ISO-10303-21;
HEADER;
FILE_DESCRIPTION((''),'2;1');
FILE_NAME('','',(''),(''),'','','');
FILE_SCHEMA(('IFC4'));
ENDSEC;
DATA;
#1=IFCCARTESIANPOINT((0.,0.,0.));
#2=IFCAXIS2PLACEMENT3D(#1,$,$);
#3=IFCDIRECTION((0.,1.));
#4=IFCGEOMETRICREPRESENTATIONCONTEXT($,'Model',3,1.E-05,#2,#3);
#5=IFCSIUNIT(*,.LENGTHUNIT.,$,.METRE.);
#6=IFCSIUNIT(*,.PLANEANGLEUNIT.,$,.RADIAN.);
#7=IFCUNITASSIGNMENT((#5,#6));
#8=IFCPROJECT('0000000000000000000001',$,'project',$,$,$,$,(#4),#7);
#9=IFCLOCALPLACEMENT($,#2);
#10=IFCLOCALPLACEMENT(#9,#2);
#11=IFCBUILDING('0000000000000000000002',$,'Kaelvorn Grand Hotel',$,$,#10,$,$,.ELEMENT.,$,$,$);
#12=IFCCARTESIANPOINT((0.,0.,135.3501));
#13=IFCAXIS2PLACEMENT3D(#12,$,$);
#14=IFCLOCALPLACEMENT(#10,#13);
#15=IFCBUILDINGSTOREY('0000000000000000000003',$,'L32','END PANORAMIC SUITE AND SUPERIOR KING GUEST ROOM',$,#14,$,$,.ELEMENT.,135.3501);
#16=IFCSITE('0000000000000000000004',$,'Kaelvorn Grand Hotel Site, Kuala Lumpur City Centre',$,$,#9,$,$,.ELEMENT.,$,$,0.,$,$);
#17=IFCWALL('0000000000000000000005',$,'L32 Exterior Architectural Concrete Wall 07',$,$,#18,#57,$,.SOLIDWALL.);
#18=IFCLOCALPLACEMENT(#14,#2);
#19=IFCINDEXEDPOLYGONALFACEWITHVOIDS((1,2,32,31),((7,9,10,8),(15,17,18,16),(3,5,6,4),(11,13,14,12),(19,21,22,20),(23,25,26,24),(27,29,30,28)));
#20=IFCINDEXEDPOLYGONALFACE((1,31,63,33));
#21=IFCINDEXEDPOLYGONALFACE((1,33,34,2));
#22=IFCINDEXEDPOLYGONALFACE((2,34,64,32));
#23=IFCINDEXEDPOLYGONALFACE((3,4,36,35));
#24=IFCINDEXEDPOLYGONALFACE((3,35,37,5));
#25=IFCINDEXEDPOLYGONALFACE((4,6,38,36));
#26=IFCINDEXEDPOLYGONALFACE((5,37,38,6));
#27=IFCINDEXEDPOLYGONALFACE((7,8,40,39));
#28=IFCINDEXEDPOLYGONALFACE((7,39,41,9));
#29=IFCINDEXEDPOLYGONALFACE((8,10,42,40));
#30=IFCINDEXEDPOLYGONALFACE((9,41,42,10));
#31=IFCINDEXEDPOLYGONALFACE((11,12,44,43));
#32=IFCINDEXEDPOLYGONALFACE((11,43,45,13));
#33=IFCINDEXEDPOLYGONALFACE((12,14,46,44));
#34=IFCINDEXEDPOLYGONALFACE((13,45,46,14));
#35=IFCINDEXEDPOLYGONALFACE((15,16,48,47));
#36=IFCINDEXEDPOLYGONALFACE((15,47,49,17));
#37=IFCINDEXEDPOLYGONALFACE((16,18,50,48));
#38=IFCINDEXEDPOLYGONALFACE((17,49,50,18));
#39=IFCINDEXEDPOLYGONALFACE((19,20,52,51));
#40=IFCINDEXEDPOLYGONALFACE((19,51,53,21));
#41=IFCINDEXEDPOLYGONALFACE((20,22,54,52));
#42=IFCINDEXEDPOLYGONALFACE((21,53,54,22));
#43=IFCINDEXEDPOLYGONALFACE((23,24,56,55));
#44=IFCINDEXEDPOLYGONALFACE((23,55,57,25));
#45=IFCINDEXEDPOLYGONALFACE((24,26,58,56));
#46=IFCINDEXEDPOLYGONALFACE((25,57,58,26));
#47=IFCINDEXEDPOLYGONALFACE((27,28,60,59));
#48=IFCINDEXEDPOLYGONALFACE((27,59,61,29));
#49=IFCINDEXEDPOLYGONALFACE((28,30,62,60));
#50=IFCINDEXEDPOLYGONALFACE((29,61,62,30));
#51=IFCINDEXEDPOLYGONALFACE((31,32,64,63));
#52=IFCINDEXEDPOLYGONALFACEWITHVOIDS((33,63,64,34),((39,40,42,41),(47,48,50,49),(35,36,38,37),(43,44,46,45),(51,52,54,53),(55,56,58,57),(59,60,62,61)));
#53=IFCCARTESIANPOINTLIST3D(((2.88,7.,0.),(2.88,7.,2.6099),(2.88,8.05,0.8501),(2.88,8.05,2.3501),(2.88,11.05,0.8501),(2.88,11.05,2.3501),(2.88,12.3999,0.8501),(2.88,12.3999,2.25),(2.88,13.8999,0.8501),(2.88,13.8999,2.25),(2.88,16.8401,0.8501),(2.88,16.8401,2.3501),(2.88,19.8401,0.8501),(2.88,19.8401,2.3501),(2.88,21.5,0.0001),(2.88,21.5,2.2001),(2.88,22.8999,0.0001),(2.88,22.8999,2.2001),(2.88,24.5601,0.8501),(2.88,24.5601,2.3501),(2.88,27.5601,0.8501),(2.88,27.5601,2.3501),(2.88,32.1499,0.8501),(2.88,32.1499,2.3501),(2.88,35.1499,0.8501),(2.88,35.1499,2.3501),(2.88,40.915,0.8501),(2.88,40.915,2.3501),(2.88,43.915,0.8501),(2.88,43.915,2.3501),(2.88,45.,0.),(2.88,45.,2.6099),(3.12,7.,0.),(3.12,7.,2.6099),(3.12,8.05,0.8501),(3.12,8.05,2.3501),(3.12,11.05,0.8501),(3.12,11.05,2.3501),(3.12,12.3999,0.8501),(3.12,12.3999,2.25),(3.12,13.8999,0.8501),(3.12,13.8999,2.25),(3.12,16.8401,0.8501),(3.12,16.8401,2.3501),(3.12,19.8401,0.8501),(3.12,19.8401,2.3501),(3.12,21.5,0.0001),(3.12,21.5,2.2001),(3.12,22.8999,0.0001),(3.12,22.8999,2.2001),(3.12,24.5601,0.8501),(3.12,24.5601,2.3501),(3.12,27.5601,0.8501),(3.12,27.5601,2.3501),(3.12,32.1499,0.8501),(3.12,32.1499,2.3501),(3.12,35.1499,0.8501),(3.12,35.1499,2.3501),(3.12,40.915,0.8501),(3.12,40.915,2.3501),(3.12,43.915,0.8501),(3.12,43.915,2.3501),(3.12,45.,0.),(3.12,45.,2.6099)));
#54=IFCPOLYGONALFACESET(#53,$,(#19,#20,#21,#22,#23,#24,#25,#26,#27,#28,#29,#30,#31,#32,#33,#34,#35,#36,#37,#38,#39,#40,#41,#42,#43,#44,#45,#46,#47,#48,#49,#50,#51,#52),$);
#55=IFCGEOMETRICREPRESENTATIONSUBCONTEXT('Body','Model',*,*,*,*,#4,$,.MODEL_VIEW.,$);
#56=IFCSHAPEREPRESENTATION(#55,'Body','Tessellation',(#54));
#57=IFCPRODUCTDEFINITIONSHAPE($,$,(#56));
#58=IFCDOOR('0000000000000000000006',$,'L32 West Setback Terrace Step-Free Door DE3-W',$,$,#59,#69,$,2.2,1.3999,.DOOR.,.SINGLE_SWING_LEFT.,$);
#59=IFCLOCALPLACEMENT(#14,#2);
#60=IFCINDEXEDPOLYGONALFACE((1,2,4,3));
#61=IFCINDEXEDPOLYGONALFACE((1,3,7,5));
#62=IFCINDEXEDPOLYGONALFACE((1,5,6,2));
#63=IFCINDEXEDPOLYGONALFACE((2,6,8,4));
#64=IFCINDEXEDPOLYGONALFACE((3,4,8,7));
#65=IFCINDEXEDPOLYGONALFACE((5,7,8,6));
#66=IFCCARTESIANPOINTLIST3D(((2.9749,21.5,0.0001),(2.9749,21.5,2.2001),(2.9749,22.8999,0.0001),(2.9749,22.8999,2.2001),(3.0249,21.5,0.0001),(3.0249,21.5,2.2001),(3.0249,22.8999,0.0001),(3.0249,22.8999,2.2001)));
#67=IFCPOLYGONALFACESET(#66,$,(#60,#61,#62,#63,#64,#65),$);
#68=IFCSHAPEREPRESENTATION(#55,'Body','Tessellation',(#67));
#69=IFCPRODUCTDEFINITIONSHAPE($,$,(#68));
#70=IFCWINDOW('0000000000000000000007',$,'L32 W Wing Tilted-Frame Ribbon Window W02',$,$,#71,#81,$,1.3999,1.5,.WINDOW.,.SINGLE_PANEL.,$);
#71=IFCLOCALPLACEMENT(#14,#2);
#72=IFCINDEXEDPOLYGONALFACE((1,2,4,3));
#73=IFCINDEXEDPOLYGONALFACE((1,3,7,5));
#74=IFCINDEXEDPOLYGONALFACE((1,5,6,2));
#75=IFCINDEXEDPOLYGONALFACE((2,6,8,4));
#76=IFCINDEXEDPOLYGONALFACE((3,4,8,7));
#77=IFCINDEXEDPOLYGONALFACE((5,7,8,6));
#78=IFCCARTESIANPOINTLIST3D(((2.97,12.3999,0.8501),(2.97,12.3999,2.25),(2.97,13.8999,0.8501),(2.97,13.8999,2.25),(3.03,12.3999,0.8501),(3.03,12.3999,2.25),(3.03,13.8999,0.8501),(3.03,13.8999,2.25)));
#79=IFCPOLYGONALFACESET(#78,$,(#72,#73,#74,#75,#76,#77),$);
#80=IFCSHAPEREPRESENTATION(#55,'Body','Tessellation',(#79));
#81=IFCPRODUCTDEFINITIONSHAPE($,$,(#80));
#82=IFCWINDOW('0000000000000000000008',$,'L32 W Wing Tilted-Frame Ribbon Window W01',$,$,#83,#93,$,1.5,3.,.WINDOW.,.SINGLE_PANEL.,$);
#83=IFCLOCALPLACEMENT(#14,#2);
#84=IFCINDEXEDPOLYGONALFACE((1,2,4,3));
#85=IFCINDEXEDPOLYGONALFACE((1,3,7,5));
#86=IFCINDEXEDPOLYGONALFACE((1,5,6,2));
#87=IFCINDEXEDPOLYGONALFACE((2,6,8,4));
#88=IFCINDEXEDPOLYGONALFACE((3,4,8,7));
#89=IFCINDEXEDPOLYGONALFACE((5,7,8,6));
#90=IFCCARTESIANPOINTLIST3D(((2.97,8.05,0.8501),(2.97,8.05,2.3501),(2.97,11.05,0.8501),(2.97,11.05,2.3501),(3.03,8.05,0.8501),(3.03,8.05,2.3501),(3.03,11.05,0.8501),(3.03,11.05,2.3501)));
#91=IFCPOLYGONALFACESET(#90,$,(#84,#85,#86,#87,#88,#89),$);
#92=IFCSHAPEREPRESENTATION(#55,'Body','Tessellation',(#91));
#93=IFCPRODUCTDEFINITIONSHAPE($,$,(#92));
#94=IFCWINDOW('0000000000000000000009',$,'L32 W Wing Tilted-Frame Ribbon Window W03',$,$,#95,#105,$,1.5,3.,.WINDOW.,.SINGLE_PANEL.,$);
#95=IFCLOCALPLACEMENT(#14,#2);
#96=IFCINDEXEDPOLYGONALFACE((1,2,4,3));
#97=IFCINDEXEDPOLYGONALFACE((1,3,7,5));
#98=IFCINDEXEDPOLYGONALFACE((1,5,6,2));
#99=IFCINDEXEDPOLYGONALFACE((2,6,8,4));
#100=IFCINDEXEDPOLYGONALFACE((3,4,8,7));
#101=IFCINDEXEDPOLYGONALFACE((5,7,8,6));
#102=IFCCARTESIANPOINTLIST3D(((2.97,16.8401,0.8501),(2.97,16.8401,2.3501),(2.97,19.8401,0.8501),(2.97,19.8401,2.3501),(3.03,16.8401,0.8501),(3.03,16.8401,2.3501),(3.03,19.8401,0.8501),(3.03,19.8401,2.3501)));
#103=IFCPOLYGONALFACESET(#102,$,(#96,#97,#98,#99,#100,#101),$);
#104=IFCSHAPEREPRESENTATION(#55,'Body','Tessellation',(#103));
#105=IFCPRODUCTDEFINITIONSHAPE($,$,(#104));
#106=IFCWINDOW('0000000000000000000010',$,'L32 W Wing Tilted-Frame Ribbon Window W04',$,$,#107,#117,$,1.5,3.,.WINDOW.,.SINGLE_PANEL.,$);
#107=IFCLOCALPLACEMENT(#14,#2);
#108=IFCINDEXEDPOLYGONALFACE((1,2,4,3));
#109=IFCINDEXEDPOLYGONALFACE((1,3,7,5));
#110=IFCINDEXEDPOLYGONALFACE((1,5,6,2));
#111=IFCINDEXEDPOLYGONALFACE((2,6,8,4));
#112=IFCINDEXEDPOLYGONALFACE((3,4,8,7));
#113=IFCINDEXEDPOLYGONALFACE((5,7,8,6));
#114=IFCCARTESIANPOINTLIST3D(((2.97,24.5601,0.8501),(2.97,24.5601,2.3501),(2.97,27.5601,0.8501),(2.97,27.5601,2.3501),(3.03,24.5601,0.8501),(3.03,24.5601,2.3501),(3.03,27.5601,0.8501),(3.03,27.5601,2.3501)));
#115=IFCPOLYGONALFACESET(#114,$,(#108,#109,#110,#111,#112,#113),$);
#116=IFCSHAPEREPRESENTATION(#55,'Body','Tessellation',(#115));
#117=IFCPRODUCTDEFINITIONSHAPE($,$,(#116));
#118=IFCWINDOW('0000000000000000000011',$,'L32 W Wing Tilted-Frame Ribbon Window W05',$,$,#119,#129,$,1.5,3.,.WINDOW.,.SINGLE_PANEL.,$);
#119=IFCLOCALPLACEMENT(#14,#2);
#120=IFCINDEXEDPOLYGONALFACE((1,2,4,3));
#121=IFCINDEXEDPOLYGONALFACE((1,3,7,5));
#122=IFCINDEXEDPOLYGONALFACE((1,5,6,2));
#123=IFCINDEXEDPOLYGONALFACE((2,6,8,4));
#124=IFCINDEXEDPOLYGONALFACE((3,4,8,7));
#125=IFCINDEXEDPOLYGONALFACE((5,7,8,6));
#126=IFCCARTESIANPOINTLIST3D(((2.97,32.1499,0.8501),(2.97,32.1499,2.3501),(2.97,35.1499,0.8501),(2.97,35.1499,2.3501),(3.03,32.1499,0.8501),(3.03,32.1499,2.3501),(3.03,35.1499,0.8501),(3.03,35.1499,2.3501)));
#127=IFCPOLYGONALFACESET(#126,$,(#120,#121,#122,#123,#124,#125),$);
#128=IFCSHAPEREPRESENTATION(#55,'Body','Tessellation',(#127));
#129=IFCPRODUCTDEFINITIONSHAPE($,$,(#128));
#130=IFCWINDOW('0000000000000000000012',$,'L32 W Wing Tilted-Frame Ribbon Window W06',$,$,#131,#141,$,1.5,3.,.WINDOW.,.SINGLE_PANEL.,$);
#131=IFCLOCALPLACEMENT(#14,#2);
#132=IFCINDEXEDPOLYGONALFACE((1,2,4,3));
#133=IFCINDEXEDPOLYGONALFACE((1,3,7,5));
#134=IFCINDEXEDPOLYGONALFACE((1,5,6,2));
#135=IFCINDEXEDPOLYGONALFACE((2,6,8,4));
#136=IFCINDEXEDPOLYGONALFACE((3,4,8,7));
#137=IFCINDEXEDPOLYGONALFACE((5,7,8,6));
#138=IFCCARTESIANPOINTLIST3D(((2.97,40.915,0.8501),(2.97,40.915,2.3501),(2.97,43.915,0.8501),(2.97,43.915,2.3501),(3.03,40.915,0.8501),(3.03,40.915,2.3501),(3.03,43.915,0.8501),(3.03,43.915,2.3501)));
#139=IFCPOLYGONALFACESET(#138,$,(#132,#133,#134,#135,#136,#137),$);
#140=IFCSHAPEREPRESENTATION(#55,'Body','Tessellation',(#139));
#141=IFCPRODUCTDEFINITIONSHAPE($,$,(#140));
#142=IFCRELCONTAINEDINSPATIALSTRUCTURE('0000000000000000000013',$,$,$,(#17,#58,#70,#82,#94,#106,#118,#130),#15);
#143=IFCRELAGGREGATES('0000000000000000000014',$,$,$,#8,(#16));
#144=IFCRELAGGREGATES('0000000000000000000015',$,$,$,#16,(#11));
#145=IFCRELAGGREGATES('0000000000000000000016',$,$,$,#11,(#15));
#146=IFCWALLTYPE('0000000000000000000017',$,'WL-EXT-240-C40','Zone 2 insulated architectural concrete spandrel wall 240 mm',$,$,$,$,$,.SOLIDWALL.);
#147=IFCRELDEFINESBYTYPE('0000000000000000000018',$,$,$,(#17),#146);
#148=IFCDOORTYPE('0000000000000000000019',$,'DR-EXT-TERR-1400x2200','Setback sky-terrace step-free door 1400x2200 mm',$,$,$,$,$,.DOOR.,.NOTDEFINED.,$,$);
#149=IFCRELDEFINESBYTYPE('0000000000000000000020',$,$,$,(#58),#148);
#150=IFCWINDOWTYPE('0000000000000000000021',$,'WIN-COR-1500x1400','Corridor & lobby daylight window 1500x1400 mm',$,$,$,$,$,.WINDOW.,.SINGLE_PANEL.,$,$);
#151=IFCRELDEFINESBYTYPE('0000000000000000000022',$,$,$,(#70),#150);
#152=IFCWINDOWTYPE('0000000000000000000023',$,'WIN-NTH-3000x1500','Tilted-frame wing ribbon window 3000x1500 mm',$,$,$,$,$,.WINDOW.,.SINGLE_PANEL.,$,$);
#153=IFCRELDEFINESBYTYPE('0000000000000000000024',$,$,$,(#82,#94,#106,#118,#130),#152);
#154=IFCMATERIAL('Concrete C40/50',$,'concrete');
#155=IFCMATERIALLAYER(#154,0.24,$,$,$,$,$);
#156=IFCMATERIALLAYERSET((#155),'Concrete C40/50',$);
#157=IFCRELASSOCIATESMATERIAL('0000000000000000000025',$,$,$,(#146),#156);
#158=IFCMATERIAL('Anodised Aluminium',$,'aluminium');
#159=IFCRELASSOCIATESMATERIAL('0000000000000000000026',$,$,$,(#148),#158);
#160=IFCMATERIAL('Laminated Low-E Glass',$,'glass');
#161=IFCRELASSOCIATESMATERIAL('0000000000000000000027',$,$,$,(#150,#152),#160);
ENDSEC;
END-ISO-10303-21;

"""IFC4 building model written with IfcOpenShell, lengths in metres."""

from ifc_helpers import new_model, si_unit, direction, frame, frame_2d, origin, place, context, subcontext, project, spatial, rectangle, extrude, material, layer, layer_set, type_object, element, fill, save


model = new_model("IFC4")

# Units and contexts
model_context = context("Model", 3, precision=1e-05, world=origin(), true_north=direction((0.0, 1.0)))
body_context = subcontext(model_context, "Body", "Model", "MODEL_VIEW")
ifc_project = project(units=[si_unit("LENGTHUNIT", "METRE"), si_unit("PLANEANGLEUNIT", "RADIAN")], contexts=[model_context])

# Site, building, storey
site_placement = place(None, origin())
site = spatial("IfcSite", under=ifc_project, at=site_placement, Name="Kaelvorn Grand Hotel Site, Kuala Lumpur City Centre", CompositionType="ELEMENT", RefElevation=0.0)
building_placement = place(site_placement, origin())
building = spatial("IfcBuilding", under=site, at=building_placement, Name="Kaelvorn Grand Hotel", CompositionType="ELEMENT")
storey_placement = place(building_placement, frame((0.0, 0.0, 135.3501)))
storey = spatial("IfcBuildingStorey", under=building, at=storey_placement, Name="L32", Description="END PANORAMIC SUITE AND SUPERIOR KING GUEST ROOM", CompositionType="ELEMENT", Elevation=135.3501)

# Shared definitions
ifc_material_1 = material(Name="Concrete C40/50", Category="concrete")
ifc_layer_1 = layer(ifc_material_1, 0.24)
ifc_layer_set_1 = layer_set([ifc_layer_1], Name="Concrete C40/50")
wall_type = type_object("IfcWallType", Name="WL-EXT-240-C40", Description="Zone 2 insulated architectural concrete spandrel wall 240 mm", PredefinedType="SOLIDWALL", material=ifc_layer_set_1)
ifc_material_2 = material(Name="Laminated Low-E Glass", Category="glass")

# Wall, openings, door, windows
wall_1_placement = place(storey_placement, frame((3.0, 45.0, 0.0), z_axis=(0.0, 0.0, 1.0), x_axis=(0.0, -1.0, 0.0)))
wall_1 = element("IfcWall", 1, at=wall_1_placement, inside=storey, type_object=wall_type, Name="L32 Exterior Architectural Concrete Wall 07", PredefinedType="SOLIDWALL", context=body_context, shape_type="SweptSolid", body=[
    extrude(rectangle(XDim=38.0, YDim=0.24, at=frame_2d((19.0, 0.0))), origin(), (0.0, 0.0, 1.0), 2.6099),
])
opening_1_placement = place(wall_1_placement, frame((22.1001, 0.0, 0.0)))
opening_1 = element("IfcOpeningElement", 2, at=opening_1_placement, cuts=wall_1, PredefinedType="OPENING", context=body_context, shape_type="SweptSolid", body=[
    extrude(rectangle(XDim=1.3999, YDim=2.2, at=frame_2d((0.7, 1.1001))), frame((0.0, 0.1299, 0.0), z_axis=(0.0, -1.0, 0.0), x_axis=(1.0, 0.0, 0.0)), (0.0, 0.0, 1.0), 0.26),
])
opening_2_placement = place(wall_1_placement, frame((33.95, 0.0, 0.8501)))
opening_2 = element("IfcOpeningElement", 3, at=opening_2_placement, cuts=wall_1, PredefinedType="OPENING", context=body_context, shape_type="SweptSolid", body=[
    extrude(rectangle(XDim=3.0, YDim=1.5, at=frame_2d((1.5, 0.75))), frame((0.0, 0.1299, 0.0), z_axis=(0.0, -1.0, 0.0), x_axis=(1.0, 0.0, 0.0)), (0.0, 0.0, 1.0), 0.26),
])
opening_3_placement = place(wall_1_placement, frame((31.1001, 0.0, 0.8501)))
opening_3 = element("IfcOpeningElement", 4, at=opening_3_placement, cuts=wall_1, PredefinedType="OPENING", context=body_context, shape_type="SweptSolid", body=[
    extrude(rectangle(XDim=1.5, YDim=1.3999, at=frame_2d((0.75, 0.7))), frame((0.0, 0.1299, 0.0), z_axis=(0.0, -1.0, 0.0), x_axis=(1.0, 0.0, 0.0)), (0.0, 0.0, 1.0), 0.26),
])
opening_4_placement = place(wall_1_placement, frame((25.1599, 0.0, 0.8501)))
opening_4 = element("IfcOpeningElement", 5, at=opening_4_placement, cuts=wall_1, PredefinedType="OPENING", context=body_context, shape_type="SweptSolid", body=[
    extrude(rectangle(XDim=3.0, YDim=1.5, at=frame_2d((1.5, 0.75))), frame((0.0, 0.1299, 0.0), z_axis=(0.0, -1.0, 0.0), x_axis=(1.0, 0.0, 0.0)), (0.0, 0.0, 1.0), 0.26),
])
opening_5_placement = place(wall_1_placement, frame((17.4399, 0.0, 0.8501)))
opening_5 = element("IfcOpeningElement", 6, at=opening_5_placement, cuts=wall_1, PredefinedType="OPENING", context=body_context, shape_type="SweptSolid", body=[
    extrude(rectangle(XDim=3.0, YDim=1.5, at=frame_2d((1.5, 0.75))), frame((0.0, 0.1299, 0.0), z_axis=(0.0, -1.0, 0.0), x_axis=(1.0, 0.0, 0.0)), (0.0, 0.0, 1.0), 0.26),
])
opening_6_placement = place(wall_1_placement, frame((9.8501, 0.0, 0.8501)))
opening_6 = element("IfcOpeningElement", 7, at=opening_6_placement, cuts=wall_1, PredefinedType="OPENING", context=body_context, shape_type="SweptSolid", body=[
    extrude(rectangle(XDim=3.0, YDim=1.5, at=frame_2d((1.5, 0.75))), frame((0.0, 0.1299, 0.0), z_axis=(0.0, -1.0, 0.0), x_axis=(1.0, 0.0, 0.0)), (0.0, 0.0, 1.0), 0.26),
])
opening_7_placement = place(wall_1_placement, frame((1.085, 0.0, 0.8501)))
opening_7 = element("IfcOpeningElement", 8, at=opening_7_placement, cuts=wall_1, PredefinedType="OPENING", context=body_context, shape_type="SweptSolid", body=[
    extrude(rectangle(XDim=3.0, YDim=1.5, at=frame_2d((1.5, 0.75))), frame((0.0, 0.1299, 0.0), z_axis=(0.0, -1.0, 0.0), x_axis=(1.0, 0.0, 0.0)), (0.0, 0.0, 1.0), 0.26),
])
ifc_material_3 = material(Name="Anodised Aluminium", Category="aluminium")
door_type = type_object("IfcDoorType", Name="DR-EXT-TERR-1400x2200", Description="Setback sky-terrace step-free door 1400x2200 mm", OperationType="NOTDEFINED", PredefinedType="DOOR", material=ifc_material_3)
door_placement = place(opening_1_placement, origin())
door = element("IfcDoor", 9, at=door_placement, inside=storey, type_object=door_type, Name="L32 West Setback Terrace Step-Free Door DE3-W", OperationType="SINGLE_SWING_LEFT", OverallHeight=2.2, OverallWidth=1.3999, PredefinedType="DOOR", context=body_context, shape_type="SweptSolid", body=[
    extrude(rectangle(XDim=1.3999, YDim=2.2, at=frame_2d((0.7, 1.1001))), frame((0.0, 0.0249, 0.0), z_axis=(0.0, -1.0, 0.0), x_axis=(1.0, 0.0, 0.0)), (0.0, 0.0, 1.0), 0.05),
])
fill(opening_1, door)
window_type_1 = type_object("IfcWindowType", Name="WIN-COR-1500x1400", Description="Corridor & lobby daylight window 1500x1400 mm", PartitioningType="SINGLE_PANEL", PredefinedType="WINDOW", material=ifc_material_2)
window_1_placement = place(opening_3_placement, origin())
window_1 = element("IfcWindow", 10, at=window_1_placement, inside=storey, type_object=window_type_1, Name="L32 W Wing Tilted-Frame Ribbon Window W02", OverallHeight=1.3999, OverallWidth=1.5, PartitioningType="SINGLE_PANEL", PredefinedType="WINDOW", context=body_context, shape_type="SweptSolid", body=[
    extrude(rectangle(XDim=1.5, YDim=1.3999, at=frame_2d((0.75, 0.7))), frame((0.0, 0.03, 0.0), z_axis=(0.0, -1.0, 0.0), x_axis=(1.0, 0.0, 0.0)), (0.0, 0.0, 1.0), 0.0601),
])
fill(opening_3, window_1)
window_type_2 = type_object("IfcWindowType", Name="WIN-NTH-3000x1500", Description="Tilted-frame wing ribbon window 3000x1500 mm", PartitioningType="SINGLE_PANEL", PredefinedType="WINDOW", material=ifc_material_2)
window_2_placement = place(opening_2_placement, origin())
window_2 = element("IfcWindow", 11, at=window_2_placement, inside=storey, type_object=window_type_2, Name="L32 W Wing Tilted-Frame Ribbon Window W01", OverallHeight=1.5, OverallWidth=3.0, PartitioningType="SINGLE_PANEL", PredefinedType="WINDOW", context=body_context, shape_type="SweptSolid", body=[
    extrude(rectangle(XDim=3.0, YDim=1.5, at=frame_2d((1.5, 0.75))), frame((0.0, 0.03, 0.0), z_axis=(0.0, -1.0, 0.0), x_axis=(1.0, 0.0, 0.0)), (0.0, 0.0, 1.0), 0.0601),
])
fill(opening_2, window_2)
window_3_placement = place(opening_4_placement, origin())
window_3 = element("IfcWindow", 12, at=window_3_placement, inside=storey, type_object=window_type_2, Name="L32 W Wing Tilted-Frame Ribbon Window W03", OverallHeight=1.5, OverallWidth=3.0, PartitioningType="SINGLE_PANEL", PredefinedType="WINDOW", context=body_context, shape_type="SweptSolid", body=[
    extrude(rectangle(XDim=3.0, YDim=1.5, at=frame_2d((1.5, 0.75))), frame((0.0, 0.03, 0.0), z_axis=(0.0, -1.0, 0.0), x_axis=(1.0, 0.0, 0.0)), (0.0, 0.0, 1.0), 0.0601),
])
fill(opening_4, window_3)
window_4_placement = place(opening_5_placement, origin())
window_4 = element("IfcWindow", 13, at=window_4_placement, inside=storey, type_object=window_type_2, Name="L32 W Wing Tilted-Frame Ribbon Window W04", OverallHeight=1.5, OverallWidth=3.0, PartitioningType="SINGLE_PANEL", PredefinedType="WINDOW", context=body_context, shape_type="SweptSolid", body=[
    extrude(rectangle(XDim=3.0, YDim=1.5, at=frame_2d((1.5, 0.75))), frame((0.0, 0.03, 0.0), z_axis=(0.0, -1.0, 0.0), x_axis=(1.0, 0.0, 0.0)), (0.0, 0.0, 1.0), 0.0601),
])
fill(opening_5, window_4)
window_5_placement = place(opening_6_placement, origin())
window_5 = element("IfcWindow", 14, at=window_5_placement, inside=storey, type_object=window_type_2, Name="L32 W Wing Tilted-Frame Ribbon Window W05", OverallHeight=1.5, OverallWidth=3.0, PartitioningType="SINGLE_PANEL", PredefinedType="WINDOW", context=body_context, shape_type="SweptSolid", body=[
    extrude(rectangle(XDim=3.0, YDim=1.5, at=frame_2d((1.5, 0.75))), frame((0.0, 0.03, 0.0), z_axis=(0.0, -1.0, 0.0), x_axis=(1.0, 0.0, 0.0)), (0.0, 0.0, 1.0), 0.0601),
])
fill(opening_6, window_5)
window_6_placement = place(opening_7_placement, origin())
window_6 = element("IfcWindow", 15, at=window_6_placement, inside=storey, type_object=window_type_2, Name="L32 W Wing Tilted-Frame Ribbon Window W06", OverallHeight=1.5, OverallWidth=3.0, PartitioningType="SINGLE_PANEL", PredefinedType="WINDOW", context=body_context, shape_type="SweptSolid", body=[
    extrude(rectangle(XDim=3.0, YDim=1.5, at=frame_2d((1.5, 0.75))), frame((0.0, 0.03, 0.0), z_axis=(0.0, -1.0, 0.0), x_axis=(1.0, 0.0, 0.0)), (0.0, 0.0, 1.0), 0.0601),
])
fill(opening_7, window_6)

save(model, "model.ifc")
